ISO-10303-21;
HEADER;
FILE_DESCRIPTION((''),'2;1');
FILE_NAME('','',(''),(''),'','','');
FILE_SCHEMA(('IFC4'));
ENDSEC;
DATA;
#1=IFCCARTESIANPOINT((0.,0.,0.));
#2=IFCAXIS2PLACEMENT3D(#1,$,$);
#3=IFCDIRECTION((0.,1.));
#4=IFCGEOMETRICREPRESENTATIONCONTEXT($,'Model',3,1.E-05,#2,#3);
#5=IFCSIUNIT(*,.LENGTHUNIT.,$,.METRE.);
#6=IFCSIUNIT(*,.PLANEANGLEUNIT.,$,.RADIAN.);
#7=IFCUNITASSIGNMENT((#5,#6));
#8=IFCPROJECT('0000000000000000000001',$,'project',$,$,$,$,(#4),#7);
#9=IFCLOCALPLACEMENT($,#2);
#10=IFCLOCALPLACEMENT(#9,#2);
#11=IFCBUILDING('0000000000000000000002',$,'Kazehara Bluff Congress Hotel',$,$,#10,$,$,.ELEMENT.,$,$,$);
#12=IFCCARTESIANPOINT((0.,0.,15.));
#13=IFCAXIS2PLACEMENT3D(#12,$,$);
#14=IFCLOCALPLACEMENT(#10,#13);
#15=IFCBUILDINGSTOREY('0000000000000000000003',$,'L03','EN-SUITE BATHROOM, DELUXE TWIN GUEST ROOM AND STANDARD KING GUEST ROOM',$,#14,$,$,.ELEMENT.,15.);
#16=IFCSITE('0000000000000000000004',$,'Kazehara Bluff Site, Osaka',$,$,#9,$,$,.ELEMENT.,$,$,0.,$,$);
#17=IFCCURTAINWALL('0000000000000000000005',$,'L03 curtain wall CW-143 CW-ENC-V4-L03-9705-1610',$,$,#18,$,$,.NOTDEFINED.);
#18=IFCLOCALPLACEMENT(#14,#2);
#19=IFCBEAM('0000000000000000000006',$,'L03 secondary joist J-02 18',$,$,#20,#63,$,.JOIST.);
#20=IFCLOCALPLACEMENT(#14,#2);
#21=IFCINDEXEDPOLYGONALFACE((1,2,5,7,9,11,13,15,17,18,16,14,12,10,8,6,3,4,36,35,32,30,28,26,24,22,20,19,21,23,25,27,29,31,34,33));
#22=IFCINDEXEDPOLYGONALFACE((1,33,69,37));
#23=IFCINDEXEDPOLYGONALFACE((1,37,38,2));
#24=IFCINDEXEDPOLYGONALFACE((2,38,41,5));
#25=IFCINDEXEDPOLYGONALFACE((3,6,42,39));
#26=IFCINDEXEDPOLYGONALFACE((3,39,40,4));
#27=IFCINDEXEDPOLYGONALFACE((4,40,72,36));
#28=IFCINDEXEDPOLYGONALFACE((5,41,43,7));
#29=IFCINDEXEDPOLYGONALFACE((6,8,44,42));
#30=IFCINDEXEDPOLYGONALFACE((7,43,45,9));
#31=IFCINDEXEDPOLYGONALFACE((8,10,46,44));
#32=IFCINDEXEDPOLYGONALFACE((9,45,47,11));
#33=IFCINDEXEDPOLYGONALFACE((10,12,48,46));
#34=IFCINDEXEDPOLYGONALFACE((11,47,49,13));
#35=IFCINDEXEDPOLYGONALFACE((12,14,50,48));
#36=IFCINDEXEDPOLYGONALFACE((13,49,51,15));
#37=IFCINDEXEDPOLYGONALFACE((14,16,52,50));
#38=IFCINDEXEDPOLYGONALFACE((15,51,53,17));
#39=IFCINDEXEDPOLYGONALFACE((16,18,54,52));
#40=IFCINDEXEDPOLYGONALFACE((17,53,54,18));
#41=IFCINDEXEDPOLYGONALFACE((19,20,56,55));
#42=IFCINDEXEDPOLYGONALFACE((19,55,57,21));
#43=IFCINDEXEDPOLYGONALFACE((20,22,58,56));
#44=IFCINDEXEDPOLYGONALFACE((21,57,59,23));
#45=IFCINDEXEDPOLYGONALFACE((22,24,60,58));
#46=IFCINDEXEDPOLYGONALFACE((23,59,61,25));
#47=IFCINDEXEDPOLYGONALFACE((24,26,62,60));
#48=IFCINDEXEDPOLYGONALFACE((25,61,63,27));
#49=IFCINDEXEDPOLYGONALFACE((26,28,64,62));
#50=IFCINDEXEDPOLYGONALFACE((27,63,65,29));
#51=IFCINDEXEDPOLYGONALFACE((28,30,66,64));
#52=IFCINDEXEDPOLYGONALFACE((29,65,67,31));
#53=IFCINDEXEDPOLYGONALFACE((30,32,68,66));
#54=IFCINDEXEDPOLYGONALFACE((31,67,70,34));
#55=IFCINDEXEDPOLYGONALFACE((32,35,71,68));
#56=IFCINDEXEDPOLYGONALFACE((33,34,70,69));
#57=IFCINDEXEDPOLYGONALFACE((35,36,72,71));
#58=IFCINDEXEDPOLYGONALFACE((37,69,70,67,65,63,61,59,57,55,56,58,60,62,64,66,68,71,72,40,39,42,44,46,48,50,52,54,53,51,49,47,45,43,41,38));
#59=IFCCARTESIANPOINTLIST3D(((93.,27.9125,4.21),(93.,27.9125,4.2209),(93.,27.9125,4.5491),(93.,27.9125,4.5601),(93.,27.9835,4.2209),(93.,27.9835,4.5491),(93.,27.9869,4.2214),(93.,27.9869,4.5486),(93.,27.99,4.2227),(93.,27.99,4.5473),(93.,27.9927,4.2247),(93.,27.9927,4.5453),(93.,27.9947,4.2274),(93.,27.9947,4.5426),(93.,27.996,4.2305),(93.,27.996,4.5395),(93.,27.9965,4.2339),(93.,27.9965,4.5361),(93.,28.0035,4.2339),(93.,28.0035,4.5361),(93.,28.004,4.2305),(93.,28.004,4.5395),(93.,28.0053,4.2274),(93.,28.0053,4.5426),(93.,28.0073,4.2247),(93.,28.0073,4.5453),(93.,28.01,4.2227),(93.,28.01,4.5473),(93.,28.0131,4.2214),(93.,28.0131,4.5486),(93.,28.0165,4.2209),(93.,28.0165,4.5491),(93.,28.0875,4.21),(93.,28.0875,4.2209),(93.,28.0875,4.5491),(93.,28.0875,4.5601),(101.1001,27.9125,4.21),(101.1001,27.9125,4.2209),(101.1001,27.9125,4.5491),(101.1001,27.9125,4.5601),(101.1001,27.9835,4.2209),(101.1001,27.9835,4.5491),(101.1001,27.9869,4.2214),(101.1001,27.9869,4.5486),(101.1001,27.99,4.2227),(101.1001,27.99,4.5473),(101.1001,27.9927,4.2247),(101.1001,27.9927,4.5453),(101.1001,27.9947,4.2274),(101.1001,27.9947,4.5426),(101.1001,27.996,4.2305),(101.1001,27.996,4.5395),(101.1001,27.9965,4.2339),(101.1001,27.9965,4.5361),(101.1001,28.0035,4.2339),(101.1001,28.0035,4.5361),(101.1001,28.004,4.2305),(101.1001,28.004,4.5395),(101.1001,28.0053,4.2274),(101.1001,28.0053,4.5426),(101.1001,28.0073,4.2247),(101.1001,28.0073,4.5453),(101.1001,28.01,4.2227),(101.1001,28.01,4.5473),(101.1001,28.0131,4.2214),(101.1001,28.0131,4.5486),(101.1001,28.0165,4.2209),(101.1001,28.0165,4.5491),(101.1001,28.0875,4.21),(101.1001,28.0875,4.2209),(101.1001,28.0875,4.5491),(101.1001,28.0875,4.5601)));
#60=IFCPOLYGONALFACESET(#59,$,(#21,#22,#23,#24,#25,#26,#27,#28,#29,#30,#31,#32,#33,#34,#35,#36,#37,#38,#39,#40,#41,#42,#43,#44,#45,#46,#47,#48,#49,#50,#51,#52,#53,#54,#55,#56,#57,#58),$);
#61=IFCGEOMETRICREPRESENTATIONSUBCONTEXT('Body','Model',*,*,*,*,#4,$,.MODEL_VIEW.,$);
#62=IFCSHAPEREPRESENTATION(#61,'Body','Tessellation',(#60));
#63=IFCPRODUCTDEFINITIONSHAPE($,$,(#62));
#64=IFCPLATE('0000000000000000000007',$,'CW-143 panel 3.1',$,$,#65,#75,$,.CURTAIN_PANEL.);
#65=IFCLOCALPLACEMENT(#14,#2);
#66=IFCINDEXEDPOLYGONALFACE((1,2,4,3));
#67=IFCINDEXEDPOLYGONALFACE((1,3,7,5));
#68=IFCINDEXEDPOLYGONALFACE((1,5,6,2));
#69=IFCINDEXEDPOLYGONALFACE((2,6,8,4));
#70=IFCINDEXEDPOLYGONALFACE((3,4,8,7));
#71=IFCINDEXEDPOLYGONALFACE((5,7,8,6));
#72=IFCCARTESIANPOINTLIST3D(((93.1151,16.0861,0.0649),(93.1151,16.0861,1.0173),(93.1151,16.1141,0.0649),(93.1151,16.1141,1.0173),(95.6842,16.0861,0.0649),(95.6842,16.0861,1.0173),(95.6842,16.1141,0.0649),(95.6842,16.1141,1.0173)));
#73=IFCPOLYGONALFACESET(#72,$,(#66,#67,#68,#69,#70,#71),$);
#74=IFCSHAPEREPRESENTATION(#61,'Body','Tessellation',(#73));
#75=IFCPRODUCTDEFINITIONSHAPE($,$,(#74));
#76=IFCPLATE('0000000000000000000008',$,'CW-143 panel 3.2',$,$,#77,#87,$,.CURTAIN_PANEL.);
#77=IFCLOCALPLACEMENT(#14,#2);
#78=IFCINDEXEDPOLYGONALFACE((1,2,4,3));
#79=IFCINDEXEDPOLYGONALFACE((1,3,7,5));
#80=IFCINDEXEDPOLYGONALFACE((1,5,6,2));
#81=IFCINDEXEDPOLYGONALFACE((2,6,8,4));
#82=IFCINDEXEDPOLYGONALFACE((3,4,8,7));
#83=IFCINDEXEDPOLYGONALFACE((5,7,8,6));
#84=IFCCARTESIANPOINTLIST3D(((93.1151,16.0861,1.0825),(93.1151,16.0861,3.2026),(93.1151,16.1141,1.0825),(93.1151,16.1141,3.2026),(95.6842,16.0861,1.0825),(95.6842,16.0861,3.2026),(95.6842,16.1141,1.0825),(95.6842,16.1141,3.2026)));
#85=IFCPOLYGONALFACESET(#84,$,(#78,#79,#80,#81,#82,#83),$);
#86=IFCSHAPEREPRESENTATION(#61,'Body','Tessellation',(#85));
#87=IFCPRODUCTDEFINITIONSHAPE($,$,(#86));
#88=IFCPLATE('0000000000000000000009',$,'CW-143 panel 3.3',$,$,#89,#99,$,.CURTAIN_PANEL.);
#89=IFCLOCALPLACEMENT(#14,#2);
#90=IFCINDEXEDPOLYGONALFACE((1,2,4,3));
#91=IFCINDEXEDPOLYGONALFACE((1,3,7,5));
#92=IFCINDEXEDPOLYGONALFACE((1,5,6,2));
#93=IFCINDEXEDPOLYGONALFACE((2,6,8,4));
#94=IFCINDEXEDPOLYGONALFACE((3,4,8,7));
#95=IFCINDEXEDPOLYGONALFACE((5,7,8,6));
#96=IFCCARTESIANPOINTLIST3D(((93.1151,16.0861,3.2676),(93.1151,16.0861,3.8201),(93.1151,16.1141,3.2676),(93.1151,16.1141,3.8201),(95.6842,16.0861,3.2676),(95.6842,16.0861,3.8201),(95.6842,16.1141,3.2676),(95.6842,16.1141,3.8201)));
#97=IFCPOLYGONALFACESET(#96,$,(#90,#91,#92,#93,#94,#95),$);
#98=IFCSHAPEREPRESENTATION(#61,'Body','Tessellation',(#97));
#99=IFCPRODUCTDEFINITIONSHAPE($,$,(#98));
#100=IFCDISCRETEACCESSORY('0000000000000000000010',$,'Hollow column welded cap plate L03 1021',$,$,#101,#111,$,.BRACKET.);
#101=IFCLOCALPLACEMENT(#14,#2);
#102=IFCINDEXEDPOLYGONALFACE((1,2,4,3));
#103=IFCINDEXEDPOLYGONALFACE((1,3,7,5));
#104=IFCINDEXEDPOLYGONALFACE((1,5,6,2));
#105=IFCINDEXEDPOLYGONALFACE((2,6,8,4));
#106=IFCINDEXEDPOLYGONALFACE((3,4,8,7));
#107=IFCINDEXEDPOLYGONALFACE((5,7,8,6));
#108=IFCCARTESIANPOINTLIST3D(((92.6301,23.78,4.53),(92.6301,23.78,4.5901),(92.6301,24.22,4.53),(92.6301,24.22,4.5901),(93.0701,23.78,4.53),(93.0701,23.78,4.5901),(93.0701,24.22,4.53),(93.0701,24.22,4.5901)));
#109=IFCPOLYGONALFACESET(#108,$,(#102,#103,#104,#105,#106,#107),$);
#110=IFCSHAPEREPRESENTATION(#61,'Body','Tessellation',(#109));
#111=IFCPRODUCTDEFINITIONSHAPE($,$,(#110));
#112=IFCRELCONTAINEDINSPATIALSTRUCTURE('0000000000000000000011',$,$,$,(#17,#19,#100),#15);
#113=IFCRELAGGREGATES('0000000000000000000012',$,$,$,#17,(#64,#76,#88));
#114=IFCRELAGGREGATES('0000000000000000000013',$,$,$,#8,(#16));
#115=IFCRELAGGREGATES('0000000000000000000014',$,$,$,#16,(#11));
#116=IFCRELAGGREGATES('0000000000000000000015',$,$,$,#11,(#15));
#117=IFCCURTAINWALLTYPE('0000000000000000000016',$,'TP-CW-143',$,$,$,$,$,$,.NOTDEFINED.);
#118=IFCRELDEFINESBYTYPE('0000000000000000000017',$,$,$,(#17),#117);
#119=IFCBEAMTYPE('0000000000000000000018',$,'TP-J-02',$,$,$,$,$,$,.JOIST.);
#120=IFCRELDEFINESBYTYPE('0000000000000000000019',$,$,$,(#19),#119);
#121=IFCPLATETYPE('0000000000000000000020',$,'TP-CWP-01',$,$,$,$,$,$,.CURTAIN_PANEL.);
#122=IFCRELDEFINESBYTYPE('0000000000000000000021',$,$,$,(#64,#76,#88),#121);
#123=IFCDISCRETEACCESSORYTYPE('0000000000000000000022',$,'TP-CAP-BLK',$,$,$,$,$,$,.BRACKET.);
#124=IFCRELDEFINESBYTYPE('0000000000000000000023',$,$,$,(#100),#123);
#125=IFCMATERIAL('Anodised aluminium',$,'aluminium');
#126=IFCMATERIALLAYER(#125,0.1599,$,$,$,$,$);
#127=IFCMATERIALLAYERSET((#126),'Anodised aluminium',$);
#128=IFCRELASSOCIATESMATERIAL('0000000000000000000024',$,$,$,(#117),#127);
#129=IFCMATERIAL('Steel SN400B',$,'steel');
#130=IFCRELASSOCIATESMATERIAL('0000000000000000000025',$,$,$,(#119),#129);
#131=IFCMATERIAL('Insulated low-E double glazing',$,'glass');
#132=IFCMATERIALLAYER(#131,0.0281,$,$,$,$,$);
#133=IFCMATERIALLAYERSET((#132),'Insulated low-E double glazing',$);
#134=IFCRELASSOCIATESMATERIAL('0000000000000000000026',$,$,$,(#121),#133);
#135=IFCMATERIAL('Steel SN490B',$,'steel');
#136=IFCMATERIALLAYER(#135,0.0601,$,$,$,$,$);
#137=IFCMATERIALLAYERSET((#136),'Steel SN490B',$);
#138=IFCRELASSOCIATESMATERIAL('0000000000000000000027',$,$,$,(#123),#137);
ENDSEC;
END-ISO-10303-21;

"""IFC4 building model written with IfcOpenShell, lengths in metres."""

from ifc_helpers import new_model, si_unit, direction, frame, origin, origin_2d, place, context, subcontext, project, spatial, rectangle, i_section, extrude, material, layer, layer_set, material_profile, profile_set, type_object, element, aggregate, save


model = new_model("IFC4")

# Units and contexts
model_context = context("Model", 3, precision=1e-05, world=origin(), true_north=direction((0.0, 1.0)))
body_context = subcontext(model_context, "Body", "Model", "MODEL_VIEW")
ifc_project = project(units=[si_unit("LENGTHUNIT", "METRE"), si_unit("PLANEANGLEUNIT", "RADIAN")], contexts=[model_context])

# Site, building, storey
site_placement = place(None, origin())
site = spatial("IfcSite", under=ifc_project, at=site_placement, Name="Kazehara Bluff Site, Osaka", CompositionType="ELEMENT", RefElevation=0.0)
building_placement = place(site_placement, origin())
building = spatial("IfcBuilding", under=site, at=building_placement, Name="Kazehara Bluff Congress Hotel", CompositionType="ELEMENT")
storey_placement = place(building_placement, frame((0.0, 0.0, 15.0)))
storey = spatial("IfcBuildingStorey", under=building, at=storey_placement, Name="L03", Description="EN-SUITE BATHROOM, DELUXE TWIN GUEST ROOM AND STANDARD KING GUEST ROOM", CompositionType="ELEMENT", Elevation=15.0)

# Curtain wall
ifc_material_1 = material(Name="Anodised aluminium", Category="aluminium")
ifc_layer_1 = layer(ifc_material_1, 0.1599)
ifc_layer_set_1 = layer_set([ifc_layer_1], Name="Anodised aluminium")
curtain_wall_type = type_object("IfcCurtainWallType", Name="TP-CW-143", PredefinedType="NOTDEFINED", material=ifc_layer_set_1)
curtain_wall_1_placement = place(storey_placement, origin())
curtain_wall_1 = element("IfcCurtainWall", 1, at=curtain_wall_1_placement, inside=storey, type_object=curtain_wall_type, Name="L03 curtain wall CW-143 CW-ENC-V4-L03-9705-1610", PredefinedType="NOTDEFINED")

# Beam
ifc_material_2 = material(Name="Steel SN400B", Category="steel")
ifc_material_profile_1 = material_profile(ifc_material_2, i_section(OverallWidth=0.175, OverallDepth=0.3501, WebThickness=0.0071, FlangeThickness=0.011, FilletRadius=0.0129, at=origin_2d()))
ifc_profile_set_1 = profile_set([ifc_material_profile_1], Name="Steel SN400B")
beam_type_1 = type_object("IfcBeamType", Name="TP-J-02", PredefinedType="JOIST", material=ifc_profile_set_1)
for number, where, z_axis, x_axis, name in (
    (2, (93.0, 28.0, 4.385), (1.0, 0.0, 0.0), (0.0, 1.0, 0.0), "L03 secondary joist J-02 18"),
):
    element("IfcBeam", number, at=place(storey_placement, frame(where, z_axis=z_axis, x_axis=x_axis)), inside=storey, type_object=beam_type_1, Name=name, PredefinedType="JOIST", context=body_context, shape_type="SweptSolid", body=[
        extrude(i_section(OverallWidth=0.175, OverallDepth=0.3501, WebThickness=0.0071, FlangeThickness=0.011, FilletRadius=0.0129, at=origin_2d()), origin(), (0.0, 0.0, 1.0), 8.1001),
    ])

# Plates
ifc_material_3 = material(Name="Insulated low-E double glazing", Category="glass")
ifc_layer_2 = layer(ifc_material_3, 0.0281)
ifc_layer_set_2 = layer_set([ifc_layer_2], Name="Insulated low-E double glazing")
plate_type = type_object("IfcPlateType", Name="TP-CWP-01", PredefinedType="CURTAIN_PANEL", material=ifc_layer_set_2)
plate_1_placement = place(storey_placement, frame((94.3997, 16.1001, 0.0649), z_axis=(0.0, 0.0, 1.0), x_axis=(-1.0, 0.0, 0.0)))
plate_1 = element("IfcPlate", 3, at=plate_1_placement, type_object=plate_type, Name="CW-143 panel 3.1", PredefinedType="CURTAIN_PANEL", context=body_context, shape_type="SweptSolid", body=[
    extrude(rectangle(XDim=2.5691, YDim=0.0281, at=origin_2d()), origin(), (0.0, 0.0, 1.0), 0.9524),
])
plate_2_placement = place(storey_placement, frame((94.3997, 16.1001, 1.0825), z_axis=(0.0, 0.0, 1.0), x_axis=(-1.0, 0.0, 0.0)))
plate_2 = element("IfcPlate", 4, at=plate_2_placement, type_object=plate_type, Name="CW-143 panel 3.2", PredefinedType="CURTAIN_PANEL", context=body_context, shape_type="SweptSolid", body=[
    extrude(rectangle(XDim=2.5691, YDim=0.0281, at=origin_2d()), origin(), (0.0, 0.0, 1.0), 2.1201),
])
plate_3_placement = place(storey_placement, frame((94.3997, 16.1001, 3.2676), z_axis=(0.0, 0.0, 1.0), x_axis=(-1.0, 0.0, 0.0)))
plate_3 = element("IfcPlate", 5, at=plate_3_placement, type_object=plate_type, Name="CW-143 panel 3.3", PredefinedType="CURTAIN_PANEL", context=body_context, shape_type="SweptSolid", body=[
    extrude(rectangle(XDim=2.5691, YDim=0.0281, at=origin_2d()), origin(), (0.0, 0.0, 1.0), 0.5525),
])
aggregate(curtain_wall_1, [plate_1, plate_2, plate_3])

# Discrete accessory
ifc_material_4 = material(Name="Steel SN490B", Category="steel")
ifc_layer_3 = layer(ifc_material_4, 0.0601)
ifc_layer_set_3 = layer_set([ifc_layer_3], Name="Steel SN490B")
discrete_accessory_type = type_object("IfcDiscreteAccessoryType", Name="TP-CAP-BLK", PredefinedType="BRACKET", material=ifc_layer_set_3)
discrete_accessory_placement = place(storey_placement, frame((92.8501, 24.0, 4.53), z_axis=(0.0, 0.0, 1.0), x_axis=(1.0, 0.0, 0.0)))
element("IfcDiscreteAccessory", 6, at=discrete_accessory_placement, inside=storey, type_object=discrete_accessory_type, Name="Hollow column welded cap plate L03 1021", PredefinedType="BRACKET", context=body_context, shape_type="SweptSolid", body=[
    extrude(rectangle(XDim=0.4399, YDim=0.4399, at=origin_2d()), origin(), (0.0, 0.0, 1.0), 0.0601),
])

save(model, "model.ifc")
